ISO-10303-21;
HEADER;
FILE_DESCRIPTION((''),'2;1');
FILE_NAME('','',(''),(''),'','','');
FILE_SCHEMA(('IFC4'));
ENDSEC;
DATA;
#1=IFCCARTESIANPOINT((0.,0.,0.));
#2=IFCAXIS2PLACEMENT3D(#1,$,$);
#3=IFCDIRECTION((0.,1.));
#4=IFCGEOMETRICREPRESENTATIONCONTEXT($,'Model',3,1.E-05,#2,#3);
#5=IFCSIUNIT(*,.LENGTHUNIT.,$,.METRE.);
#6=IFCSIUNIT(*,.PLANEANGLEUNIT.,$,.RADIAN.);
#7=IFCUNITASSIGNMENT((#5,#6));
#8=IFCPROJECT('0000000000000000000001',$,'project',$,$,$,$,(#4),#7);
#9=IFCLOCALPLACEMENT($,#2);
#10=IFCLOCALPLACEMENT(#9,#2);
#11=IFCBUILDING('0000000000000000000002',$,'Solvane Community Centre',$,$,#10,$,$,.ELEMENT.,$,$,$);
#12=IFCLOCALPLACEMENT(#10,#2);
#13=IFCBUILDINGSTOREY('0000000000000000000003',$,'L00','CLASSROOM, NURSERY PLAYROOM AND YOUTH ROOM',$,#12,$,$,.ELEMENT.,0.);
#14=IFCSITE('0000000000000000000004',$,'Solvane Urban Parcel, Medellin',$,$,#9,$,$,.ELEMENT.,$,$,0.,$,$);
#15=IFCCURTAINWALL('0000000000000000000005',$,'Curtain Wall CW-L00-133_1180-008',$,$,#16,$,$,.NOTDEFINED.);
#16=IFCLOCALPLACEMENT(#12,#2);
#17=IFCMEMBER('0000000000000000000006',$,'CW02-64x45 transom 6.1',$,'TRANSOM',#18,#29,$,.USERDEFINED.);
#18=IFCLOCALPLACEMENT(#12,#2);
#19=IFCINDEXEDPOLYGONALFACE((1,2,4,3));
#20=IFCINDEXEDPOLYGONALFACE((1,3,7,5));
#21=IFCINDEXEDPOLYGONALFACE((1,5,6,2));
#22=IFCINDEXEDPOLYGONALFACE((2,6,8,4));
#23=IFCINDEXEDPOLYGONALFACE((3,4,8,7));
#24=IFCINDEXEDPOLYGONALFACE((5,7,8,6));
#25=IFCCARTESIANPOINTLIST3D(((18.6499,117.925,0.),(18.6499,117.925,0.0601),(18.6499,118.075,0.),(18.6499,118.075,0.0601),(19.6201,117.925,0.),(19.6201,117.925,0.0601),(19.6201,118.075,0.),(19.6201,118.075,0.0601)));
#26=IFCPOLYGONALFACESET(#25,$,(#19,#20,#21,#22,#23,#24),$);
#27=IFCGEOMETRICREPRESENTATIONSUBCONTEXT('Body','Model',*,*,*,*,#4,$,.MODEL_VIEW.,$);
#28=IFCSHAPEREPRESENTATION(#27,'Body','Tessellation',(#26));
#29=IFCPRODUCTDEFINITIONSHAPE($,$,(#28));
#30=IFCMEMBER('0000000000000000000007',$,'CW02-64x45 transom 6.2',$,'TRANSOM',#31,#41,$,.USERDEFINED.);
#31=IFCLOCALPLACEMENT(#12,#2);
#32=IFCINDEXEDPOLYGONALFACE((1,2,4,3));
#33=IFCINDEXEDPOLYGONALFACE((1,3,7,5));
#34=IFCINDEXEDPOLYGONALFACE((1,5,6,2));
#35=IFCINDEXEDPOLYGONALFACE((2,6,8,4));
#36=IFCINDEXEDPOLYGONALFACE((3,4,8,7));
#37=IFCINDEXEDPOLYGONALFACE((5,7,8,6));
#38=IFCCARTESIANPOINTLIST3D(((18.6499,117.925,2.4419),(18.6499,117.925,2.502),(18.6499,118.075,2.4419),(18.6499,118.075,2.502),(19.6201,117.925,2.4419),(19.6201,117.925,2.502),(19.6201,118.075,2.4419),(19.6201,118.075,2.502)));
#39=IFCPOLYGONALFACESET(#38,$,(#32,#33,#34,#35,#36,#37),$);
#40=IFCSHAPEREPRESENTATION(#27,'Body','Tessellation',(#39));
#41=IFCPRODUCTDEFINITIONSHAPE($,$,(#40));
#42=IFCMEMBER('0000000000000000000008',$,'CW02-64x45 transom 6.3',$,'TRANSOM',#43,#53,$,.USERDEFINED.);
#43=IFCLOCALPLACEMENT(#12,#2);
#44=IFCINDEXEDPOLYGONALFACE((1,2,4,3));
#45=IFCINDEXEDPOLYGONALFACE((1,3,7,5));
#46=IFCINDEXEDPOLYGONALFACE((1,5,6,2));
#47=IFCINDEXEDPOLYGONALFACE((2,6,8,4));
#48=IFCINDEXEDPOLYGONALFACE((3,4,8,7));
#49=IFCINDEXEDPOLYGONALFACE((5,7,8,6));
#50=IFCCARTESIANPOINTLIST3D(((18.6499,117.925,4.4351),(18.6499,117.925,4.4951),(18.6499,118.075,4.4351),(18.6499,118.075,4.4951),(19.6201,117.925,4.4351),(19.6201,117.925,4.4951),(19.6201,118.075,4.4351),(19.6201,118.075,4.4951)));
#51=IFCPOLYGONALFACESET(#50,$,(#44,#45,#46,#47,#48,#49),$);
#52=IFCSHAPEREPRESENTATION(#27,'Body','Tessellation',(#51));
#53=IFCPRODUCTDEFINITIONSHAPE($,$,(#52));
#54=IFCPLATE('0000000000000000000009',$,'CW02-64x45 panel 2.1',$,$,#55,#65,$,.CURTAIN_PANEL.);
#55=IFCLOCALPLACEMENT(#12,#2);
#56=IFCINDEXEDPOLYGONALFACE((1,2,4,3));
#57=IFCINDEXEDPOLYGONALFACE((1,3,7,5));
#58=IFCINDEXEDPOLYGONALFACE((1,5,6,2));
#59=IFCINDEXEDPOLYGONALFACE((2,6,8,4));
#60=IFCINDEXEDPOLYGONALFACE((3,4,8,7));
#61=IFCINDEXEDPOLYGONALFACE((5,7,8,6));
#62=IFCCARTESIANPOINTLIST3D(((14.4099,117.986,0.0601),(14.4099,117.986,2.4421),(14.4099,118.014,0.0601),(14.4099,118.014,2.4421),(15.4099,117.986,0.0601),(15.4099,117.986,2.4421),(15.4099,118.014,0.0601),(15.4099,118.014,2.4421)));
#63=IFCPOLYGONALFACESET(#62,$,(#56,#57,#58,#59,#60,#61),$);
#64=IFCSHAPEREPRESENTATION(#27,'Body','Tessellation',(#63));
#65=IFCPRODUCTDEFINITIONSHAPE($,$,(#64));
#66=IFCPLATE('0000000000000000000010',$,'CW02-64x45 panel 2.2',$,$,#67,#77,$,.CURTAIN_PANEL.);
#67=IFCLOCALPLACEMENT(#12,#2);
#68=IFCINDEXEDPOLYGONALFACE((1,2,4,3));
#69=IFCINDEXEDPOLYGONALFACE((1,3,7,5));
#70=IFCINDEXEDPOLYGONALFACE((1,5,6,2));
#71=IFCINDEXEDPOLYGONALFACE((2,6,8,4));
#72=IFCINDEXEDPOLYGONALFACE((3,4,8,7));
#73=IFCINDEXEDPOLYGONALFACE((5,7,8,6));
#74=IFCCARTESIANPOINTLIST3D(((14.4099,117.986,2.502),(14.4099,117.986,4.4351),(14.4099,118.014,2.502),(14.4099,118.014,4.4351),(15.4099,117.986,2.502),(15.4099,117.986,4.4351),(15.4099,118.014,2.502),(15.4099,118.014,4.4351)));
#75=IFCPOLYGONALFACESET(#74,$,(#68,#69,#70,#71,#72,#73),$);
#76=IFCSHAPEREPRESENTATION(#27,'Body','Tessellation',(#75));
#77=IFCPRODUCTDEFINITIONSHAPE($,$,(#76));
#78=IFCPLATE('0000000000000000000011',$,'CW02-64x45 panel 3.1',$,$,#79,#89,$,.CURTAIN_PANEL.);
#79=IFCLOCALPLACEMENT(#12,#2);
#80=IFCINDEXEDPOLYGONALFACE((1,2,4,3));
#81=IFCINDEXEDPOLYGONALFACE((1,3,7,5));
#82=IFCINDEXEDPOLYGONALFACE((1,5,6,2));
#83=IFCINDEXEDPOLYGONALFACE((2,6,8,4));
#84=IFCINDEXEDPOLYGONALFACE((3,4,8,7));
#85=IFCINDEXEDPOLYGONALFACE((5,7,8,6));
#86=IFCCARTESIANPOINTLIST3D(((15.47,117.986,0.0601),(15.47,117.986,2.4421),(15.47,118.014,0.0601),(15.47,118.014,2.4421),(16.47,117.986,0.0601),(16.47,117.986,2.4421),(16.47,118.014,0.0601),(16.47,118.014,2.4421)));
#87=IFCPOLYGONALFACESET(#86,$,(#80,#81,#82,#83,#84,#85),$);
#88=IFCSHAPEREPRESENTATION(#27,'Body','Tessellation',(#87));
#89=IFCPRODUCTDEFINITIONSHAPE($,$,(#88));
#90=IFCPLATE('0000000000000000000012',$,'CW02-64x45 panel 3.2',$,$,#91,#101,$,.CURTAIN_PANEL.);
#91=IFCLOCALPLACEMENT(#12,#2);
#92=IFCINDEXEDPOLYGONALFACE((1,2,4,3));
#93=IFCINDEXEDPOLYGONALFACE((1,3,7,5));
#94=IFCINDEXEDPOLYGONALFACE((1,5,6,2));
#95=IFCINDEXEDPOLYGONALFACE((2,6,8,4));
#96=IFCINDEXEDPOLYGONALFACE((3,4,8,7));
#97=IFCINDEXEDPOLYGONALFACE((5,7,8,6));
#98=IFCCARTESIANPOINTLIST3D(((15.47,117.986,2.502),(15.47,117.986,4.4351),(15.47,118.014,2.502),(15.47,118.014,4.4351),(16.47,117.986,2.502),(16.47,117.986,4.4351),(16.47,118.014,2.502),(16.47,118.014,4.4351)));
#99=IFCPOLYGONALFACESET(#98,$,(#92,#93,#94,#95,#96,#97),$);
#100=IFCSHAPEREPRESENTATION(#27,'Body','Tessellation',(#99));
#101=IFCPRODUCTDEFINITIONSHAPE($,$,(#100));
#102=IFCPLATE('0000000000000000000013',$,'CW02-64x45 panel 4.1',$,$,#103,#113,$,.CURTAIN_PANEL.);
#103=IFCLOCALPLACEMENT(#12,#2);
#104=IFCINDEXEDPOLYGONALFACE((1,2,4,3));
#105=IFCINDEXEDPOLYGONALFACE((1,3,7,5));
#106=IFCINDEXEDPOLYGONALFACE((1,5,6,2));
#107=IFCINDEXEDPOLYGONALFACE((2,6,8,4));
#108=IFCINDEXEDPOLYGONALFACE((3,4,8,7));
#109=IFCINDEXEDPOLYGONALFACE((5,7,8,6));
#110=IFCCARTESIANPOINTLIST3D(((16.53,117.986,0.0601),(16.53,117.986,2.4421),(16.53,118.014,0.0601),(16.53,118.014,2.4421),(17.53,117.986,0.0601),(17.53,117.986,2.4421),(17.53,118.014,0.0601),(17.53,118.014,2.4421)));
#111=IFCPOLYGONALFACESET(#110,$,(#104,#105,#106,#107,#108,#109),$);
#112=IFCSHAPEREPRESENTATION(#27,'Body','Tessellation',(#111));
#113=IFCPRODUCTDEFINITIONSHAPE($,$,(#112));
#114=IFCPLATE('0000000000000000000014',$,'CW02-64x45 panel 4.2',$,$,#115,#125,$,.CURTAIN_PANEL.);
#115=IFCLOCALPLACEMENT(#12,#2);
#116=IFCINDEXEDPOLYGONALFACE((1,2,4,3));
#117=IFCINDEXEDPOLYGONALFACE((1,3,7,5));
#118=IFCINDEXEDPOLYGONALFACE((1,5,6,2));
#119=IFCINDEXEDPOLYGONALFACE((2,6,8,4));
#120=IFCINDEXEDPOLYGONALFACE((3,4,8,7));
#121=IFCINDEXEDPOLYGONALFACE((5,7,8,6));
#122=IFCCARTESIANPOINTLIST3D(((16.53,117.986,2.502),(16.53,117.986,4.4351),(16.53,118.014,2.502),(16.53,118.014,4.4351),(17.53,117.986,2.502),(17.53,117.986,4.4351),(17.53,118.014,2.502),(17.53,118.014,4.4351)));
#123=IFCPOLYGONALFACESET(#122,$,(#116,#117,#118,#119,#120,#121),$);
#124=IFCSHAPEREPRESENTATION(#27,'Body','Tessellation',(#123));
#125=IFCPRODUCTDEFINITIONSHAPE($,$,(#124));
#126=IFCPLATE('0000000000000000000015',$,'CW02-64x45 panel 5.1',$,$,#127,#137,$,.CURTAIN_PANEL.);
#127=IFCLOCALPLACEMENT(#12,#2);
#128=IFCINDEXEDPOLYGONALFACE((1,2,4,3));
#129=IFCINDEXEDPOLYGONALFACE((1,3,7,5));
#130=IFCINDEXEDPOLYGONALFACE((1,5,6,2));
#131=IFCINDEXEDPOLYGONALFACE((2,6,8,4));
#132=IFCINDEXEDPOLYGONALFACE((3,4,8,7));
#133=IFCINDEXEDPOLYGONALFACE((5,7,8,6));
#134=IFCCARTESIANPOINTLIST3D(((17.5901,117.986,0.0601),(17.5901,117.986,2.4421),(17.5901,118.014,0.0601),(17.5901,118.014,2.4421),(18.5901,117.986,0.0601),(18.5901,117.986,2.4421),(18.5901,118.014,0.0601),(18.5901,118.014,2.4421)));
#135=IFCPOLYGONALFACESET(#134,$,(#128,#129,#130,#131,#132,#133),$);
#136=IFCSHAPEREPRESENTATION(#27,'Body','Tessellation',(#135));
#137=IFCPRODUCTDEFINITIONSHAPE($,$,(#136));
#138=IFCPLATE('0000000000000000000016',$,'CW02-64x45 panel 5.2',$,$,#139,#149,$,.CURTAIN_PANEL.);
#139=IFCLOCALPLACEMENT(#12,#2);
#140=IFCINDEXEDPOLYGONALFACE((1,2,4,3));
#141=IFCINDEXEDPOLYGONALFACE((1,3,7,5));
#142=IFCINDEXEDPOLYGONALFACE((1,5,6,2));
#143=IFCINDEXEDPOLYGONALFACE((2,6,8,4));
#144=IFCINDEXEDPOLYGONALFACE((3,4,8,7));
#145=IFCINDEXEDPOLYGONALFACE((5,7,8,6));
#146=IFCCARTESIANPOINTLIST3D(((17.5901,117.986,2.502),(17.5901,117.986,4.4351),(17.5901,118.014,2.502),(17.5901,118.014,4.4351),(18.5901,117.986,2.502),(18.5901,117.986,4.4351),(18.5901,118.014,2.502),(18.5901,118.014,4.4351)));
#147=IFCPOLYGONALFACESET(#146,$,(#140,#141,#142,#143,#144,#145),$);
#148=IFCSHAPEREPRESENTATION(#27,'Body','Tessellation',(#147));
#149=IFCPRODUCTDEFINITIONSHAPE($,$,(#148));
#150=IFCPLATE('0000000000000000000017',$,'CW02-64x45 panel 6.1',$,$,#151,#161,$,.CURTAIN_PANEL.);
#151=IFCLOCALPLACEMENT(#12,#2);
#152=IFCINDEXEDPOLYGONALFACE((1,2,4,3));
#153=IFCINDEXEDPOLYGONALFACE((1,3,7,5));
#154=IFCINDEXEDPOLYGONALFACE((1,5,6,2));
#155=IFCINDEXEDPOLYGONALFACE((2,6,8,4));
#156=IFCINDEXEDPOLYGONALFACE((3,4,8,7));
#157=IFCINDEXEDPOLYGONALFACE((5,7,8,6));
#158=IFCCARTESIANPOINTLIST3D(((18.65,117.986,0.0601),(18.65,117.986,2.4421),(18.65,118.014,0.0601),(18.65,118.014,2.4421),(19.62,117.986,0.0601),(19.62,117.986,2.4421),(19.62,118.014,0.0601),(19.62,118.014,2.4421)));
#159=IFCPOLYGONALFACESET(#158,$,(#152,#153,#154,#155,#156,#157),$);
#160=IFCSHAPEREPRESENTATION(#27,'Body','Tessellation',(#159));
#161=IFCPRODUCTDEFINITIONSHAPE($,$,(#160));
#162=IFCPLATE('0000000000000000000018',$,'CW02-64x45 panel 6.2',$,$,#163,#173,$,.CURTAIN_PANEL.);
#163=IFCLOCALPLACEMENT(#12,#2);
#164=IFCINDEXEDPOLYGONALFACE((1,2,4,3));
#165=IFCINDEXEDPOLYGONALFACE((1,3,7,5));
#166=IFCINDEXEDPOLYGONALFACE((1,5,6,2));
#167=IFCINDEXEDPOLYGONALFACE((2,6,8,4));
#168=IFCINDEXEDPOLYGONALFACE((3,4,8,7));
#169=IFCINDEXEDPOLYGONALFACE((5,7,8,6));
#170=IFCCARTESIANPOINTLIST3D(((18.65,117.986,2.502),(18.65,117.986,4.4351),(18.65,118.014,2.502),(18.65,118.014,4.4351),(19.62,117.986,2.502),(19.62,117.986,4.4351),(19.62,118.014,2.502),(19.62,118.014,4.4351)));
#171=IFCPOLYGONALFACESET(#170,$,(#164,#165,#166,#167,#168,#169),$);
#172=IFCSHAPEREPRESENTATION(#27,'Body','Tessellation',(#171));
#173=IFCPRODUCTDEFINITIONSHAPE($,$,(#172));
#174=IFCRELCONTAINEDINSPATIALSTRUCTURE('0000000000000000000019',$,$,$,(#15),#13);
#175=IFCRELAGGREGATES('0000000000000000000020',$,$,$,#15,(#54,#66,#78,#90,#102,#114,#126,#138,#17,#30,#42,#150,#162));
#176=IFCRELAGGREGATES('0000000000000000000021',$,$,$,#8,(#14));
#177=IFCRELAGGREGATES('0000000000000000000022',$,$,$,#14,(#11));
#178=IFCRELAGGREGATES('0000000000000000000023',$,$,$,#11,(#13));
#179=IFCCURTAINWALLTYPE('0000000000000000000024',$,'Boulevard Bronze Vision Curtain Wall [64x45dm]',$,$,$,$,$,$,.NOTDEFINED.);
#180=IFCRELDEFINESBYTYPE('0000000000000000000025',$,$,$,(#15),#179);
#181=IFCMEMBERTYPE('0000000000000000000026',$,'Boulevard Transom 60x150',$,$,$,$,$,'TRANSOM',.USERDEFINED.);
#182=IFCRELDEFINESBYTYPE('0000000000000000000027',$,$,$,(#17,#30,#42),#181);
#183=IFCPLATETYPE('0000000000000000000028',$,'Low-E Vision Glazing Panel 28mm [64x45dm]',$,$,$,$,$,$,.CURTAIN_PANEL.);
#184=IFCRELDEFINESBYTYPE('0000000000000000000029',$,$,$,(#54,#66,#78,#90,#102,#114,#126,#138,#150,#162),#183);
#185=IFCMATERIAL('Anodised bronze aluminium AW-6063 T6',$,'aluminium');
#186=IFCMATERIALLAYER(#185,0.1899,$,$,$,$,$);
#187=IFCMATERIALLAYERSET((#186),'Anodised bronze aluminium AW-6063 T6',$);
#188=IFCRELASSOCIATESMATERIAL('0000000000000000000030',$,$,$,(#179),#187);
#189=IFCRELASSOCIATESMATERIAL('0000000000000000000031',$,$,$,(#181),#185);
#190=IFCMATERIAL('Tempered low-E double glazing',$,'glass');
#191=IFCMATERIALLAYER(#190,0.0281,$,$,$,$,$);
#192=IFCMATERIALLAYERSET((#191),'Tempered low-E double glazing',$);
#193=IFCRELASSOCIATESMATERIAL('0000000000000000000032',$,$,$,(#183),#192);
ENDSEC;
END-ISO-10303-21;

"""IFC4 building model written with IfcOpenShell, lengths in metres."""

from ifc_helpers import new_model, si_unit, direction, frame, origin, origin_2d, place, context, subcontext, project, spatial, rectangle, extrude, material, layer, layer_set, material_profile, profile_set, type_object, element, aggregate, save


model = new_model("IFC4")

# Units and contexts
model_context = context("Model", 3, precision=1e-05, world=origin(), true_north=direction((0.0, 1.0)))
body_context = subcontext(model_context, "Body", "Model", "MODEL_VIEW")
ifc_project = project(units=[si_unit("LENGTHUNIT", "METRE"), si_unit("PLANEANGLEUNIT", "RADIAN")], contexts=[model_context])

# Site, building, storey
site_placement = place(None, origin())
site = spatial("IfcSite", under=ifc_project, at=site_placement, Name="Solvane Urban Parcel, Medellin", CompositionType="ELEMENT", RefElevation=0.0)
building_placement = place(site_placement, origin())
building = spatial("IfcBuilding", under=site, at=building_placement, Name="Solvane Community Centre", CompositionType="ELEMENT")
storey_placement = place(building_placement, origin())
storey = spatial("IfcBuildingStorey", under=building, at=storey_placement, Name="L00", Description="CLASSROOM, NURSERY PLAYROOM AND YOUTH ROOM", CompositionType="ELEMENT", Elevation=0.0)

# Curtain wall, members, plates
ifc_material_1 = material(Name="Anodised bronze aluminium AW-6063 T6", Category="aluminium")
ifc_layer_1 = layer(ifc_material_1, 0.1899)
ifc_layer_set_1 = layer_set([ifc_layer_1], Name="Anodised bronze aluminium AW-6063 T6")
curtain_wall_type = type_object("IfcCurtainWallType", Name="Boulevard Bronze Vision Curtain Wall [64x45dm]", PredefinedType="NOTDEFINED", material=ifc_layer_set_1)
curtain_wall_placement = place(storey_placement, origin())
curtain_wall = element("IfcCurtainWall", 1, at=curtain_wall_placement, inside=storey, type_object=curtain_wall_type, Name="Curtain Wall CW-L00-133_1180-008", PredefinedType="NOTDEFINED")
ifc_material_profile_1 = material_profile(ifc_material_1, rectangle(XDim=0.1499, YDim=0.0601, at=origin_2d()), Name="CW-T 60x150")
ifc_profile_set_1 = profile_set([ifc_material_profile_1], Name="Anodised bronze aluminium AW-6063 T6")
member_type_1 = type_object("IfcMemberType", Name="Boulevard Transom 60x150", ElementType="TRANSOM", PredefinedType="USERDEFINED", material=ifc_profile_set_1)
member_1_placement = place(storey_placement, frame((18.6499, 118.0, 0.03), z_axis=(1.0, 0.0, 0.0), x_axis=(0.0, 1.0, 0.0)))
member_1 = element("IfcMember", 2, at=member_1_placement, type_object=member_type_1, Name="CW02-64x45 transom 6.1", ObjectType="TRANSOM", PredefinedType="USERDEFINED", context=body_context, shape_type="SweptSolid", body=[
    extrude(rectangle(XDim=0.1499, YDim=0.0601, at=origin_2d()), origin(), (0.0, 0.0, 1.0), 0.9702),
])
member_2_placement = place(storey_placement, frame((18.6499, 118.0, 2.4719), z_axis=(1.0, 0.0, 0.0), x_axis=(0.0, 1.0, 0.0)))
member_2 = element("IfcMember", 3, at=member_2_placement, type_object=member_type_1, Name="CW02-64x45 transom 6.2", ObjectType="TRANSOM", PredefinedType="USERDEFINED", context=body_context, shape_type="SweptSolid", body=[
    extrude(rectangle(XDim=0.1499, YDim=0.0601, at=origin_2d()), origin(), (0.0, 0.0, 1.0), 0.9702),
])
member_3_placement = place(storey_placement, frame((18.6499, 118.0, 4.4651), z_axis=(1.0, 0.0, 0.0), x_axis=(0.0, 1.0, 0.0)))
member_3 = element("IfcMember", 4, at=member_3_placement, type_object=member_type_1, Name="CW02-64x45 transom 6.3", ObjectType="TRANSOM", PredefinedType="USERDEFINED", context=body_context, shape_type="SweptSolid", body=[
    extrude(rectangle(XDim=0.1499, YDim=0.0601, at=origin_2d()), origin(), (0.0, 0.0, 1.0), 0.9702),
])
ifc_material_2 = material(Name="Tempered low-E double glazing", Category="glass")
ifc_layer_2 = layer(ifc_material_2, 0.0281)
ifc_layer_set_2 = layer_set([ifc_layer_2], Name="Tempered low-E double glazing")
plate_type = type_object("IfcPlateType", Name="Low-E Vision Glazing Panel 28mm [64x45dm]", PredefinedType="CURTAIN_PANEL", material=ifc_layer_set_2)
plate_1_placement = place(storey_placement, frame((14.9099, 118.0, 0.0601), z_axis=(0.0, 0.0, 1.0), x_axis=(1.0, 0.0, 0.0)))
plate_1 = element("IfcPlate", 5, at=plate_1_placement, type_object=plate_type, Name="CW02-64x45 panel 2.1", PredefinedType="CURTAIN_PANEL", context=body_context, shape_type="SweptSolid", body=[
    extrude(rectangle(XDim=1.0, YDim=0.0281, at=origin_2d()), origin(), (0.0, 0.0, 1.0), 2.3821),
])
plate_2_placement = place(storey_placement, frame((14.9099, 118.0, 2.502), z_axis=(0.0, 0.0, 1.0), x_axis=(1.0, 0.0, 0.0)))
plate_2 = element("IfcPlate", 6, at=plate_2_placement, type_object=plate_type, Name="CW02-64x45 panel 2.2", PredefinedType="CURTAIN_PANEL", context=body_context, shape_type="SweptSolid", body=[
    extrude(rectangle(XDim=1.0, YDim=0.0281, at=origin_2d()), origin(), (0.0, 0.0, 1.0), 1.9331),
])
plate_3_placement = place(storey_placement, frame((15.97, 118.0, 0.0601), z_axis=(0.0, 0.0, 1.0), x_axis=(1.0, 0.0, 0.0)))
plate_3 = element("IfcPlate", 7, at=plate_3_placement, type_object=plate_type, Name="CW02-64x45 panel 3.1", PredefinedType="CURTAIN_PANEL", context=body_context, shape_type="SweptSolid", body=[
    extrude(rectangle(XDim=1.0, YDim=0.0281, at=origin_2d()), origin(), (0.0, 0.0, 1.0), 2.3821),
])
plate_4_placement = place(storey_placement, frame((15.97, 118.0, 2.502), z_axis=(0.0, 0.0, 1.0), x_axis=(1.0, 0.0, 0.0)))
plate_4 = element("IfcPlate", 8, at=plate_4_placement, type_object=plate_type, Name="CW02-64x45 panel 3.2", PredefinedType="CURTAIN_PANEL", context=body_context, shape_type="SweptSolid", body=[
    extrude(rectangle(XDim=1.0, YDim=0.0281, at=origin_2d()), origin(), (0.0, 0.0, 1.0), 1.9331),
])
plate_5_placement = place(storey_placement, frame((17.03, 118.0, 0.0601), z_axis=(0.0, 0.0, 1.0), x_axis=(1.0, 0.0, 0.0)))
plate_5 = element("IfcPlate", 9, at=plate_5_placement, type_object=plate_type, Name="CW02-64x45 panel 4.1", PredefinedType="CURTAIN_PANEL", context=body_context, shape_type="SweptSolid", body=[
    extrude(rectangle(XDim=1.0, YDim=0.0281, at=origin_2d()), origin(), (0.0, 0.0, 1.0), 2.3821),
])
plate_6_placement = place(storey_placement, frame((17.03, 118.0, 2.502), z_axis=(0.0, 0.0, 1.0), x_axis=(1.0, 0.0, 0.0)))
plate_6 = element("IfcPlate", 10, at=plate_6_placement, type_object=plate_type, Name="CW02-64x45 panel 4.2", PredefinedType="CURTAIN_PANEL", context=body_context, shape_type="SweptSolid", body=[
    extrude(rectangle(XDim=1.0, YDim=0.0281, at=origin_2d()), origin(), (0.0, 0.0, 1.0), 1.9331),
])
plate_7_placement = place(storey_placement, frame((18.0901, 118.0, 0.0601), z_axis=(0.0, 0.0, 1.0), x_axis=(1.0, 0.0, 0.0)))
plate_7 = element("IfcPlate", 11, at=plate_7_placement, type_object=plate_type, Name="CW02-64x45 panel 5.1", PredefinedType="CURTAIN_PANEL", context=body_context, shape_type="SweptSolid", body=[
    extrude(rectangle(XDim=1.0, YDim=0.0281, at=origin_2d()), origin(), (0.0, 0.0, 1.0), 2.3821),
])
plate_8_placement = place(storey_placement, frame((18.0901, 118.0, 2.502), z_axis=(0.0, 0.0, 1.0), x_axis=(1.0, 0.0, 0.0)))
plate_8 = element("IfcPlate", 12, at=plate_8_placement, type_object=plate_type, Name="CW02-64x45 panel 5.2", PredefinedType="CURTAIN_PANEL", context=body_context, shape_type="SweptSolid", body=[
    extrude(rectangle(XDim=1.0, YDim=0.0281, at=origin_2d()), origin(), (0.0, 0.0, 1.0), 1.9331),
])
plate_9_placement = place(storey_placement, frame((19.135, 118.0, 0.0601), z_axis=(0.0, 0.0, 1.0), x_axis=(1.0, 0.0, 0.0)))
plate_9 = element("IfcPlate", 13, at=plate_9_placement, type_object=plate_type, Name="CW02-64x45 panel 6.1", PredefinedType="CURTAIN_PANEL", context=body_context, shape_type="SweptSolid", body=[
    extrude(rectangle(XDim=0.97, YDim=0.0281, at=origin_2d()), origin(), (0.0, 0.0, 1.0), 2.3821),
])
plate_10_placement = place(storey_placement, frame((19.135, 118.0, 2.502), z_axis=(0.0, 0.0, 1.0), x_axis=(1.0, 0.0, 0.0)))
plate_10 = element("IfcPlate", 14, at=plate_10_placement, type_object=plate_type, Name="CW02-64x45 panel 6.2", PredefinedType="CURTAIN_PANEL", context=body_context, shape_type="SweptSolid", body=[
    extrude(rectangle(XDim=0.97, YDim=0.0281, at=origin_2d()), origin(), (0.0, 0.0, 1.0), 1.9331),
])
aggregate(curtain_wall, [plate_1, plate_2, plate_3, plate_4, plate_5, plate_6, plate_7, plate_8, member_1, member_2, member_3, plate_9, plate_10])

save(model, "model.ifc")
